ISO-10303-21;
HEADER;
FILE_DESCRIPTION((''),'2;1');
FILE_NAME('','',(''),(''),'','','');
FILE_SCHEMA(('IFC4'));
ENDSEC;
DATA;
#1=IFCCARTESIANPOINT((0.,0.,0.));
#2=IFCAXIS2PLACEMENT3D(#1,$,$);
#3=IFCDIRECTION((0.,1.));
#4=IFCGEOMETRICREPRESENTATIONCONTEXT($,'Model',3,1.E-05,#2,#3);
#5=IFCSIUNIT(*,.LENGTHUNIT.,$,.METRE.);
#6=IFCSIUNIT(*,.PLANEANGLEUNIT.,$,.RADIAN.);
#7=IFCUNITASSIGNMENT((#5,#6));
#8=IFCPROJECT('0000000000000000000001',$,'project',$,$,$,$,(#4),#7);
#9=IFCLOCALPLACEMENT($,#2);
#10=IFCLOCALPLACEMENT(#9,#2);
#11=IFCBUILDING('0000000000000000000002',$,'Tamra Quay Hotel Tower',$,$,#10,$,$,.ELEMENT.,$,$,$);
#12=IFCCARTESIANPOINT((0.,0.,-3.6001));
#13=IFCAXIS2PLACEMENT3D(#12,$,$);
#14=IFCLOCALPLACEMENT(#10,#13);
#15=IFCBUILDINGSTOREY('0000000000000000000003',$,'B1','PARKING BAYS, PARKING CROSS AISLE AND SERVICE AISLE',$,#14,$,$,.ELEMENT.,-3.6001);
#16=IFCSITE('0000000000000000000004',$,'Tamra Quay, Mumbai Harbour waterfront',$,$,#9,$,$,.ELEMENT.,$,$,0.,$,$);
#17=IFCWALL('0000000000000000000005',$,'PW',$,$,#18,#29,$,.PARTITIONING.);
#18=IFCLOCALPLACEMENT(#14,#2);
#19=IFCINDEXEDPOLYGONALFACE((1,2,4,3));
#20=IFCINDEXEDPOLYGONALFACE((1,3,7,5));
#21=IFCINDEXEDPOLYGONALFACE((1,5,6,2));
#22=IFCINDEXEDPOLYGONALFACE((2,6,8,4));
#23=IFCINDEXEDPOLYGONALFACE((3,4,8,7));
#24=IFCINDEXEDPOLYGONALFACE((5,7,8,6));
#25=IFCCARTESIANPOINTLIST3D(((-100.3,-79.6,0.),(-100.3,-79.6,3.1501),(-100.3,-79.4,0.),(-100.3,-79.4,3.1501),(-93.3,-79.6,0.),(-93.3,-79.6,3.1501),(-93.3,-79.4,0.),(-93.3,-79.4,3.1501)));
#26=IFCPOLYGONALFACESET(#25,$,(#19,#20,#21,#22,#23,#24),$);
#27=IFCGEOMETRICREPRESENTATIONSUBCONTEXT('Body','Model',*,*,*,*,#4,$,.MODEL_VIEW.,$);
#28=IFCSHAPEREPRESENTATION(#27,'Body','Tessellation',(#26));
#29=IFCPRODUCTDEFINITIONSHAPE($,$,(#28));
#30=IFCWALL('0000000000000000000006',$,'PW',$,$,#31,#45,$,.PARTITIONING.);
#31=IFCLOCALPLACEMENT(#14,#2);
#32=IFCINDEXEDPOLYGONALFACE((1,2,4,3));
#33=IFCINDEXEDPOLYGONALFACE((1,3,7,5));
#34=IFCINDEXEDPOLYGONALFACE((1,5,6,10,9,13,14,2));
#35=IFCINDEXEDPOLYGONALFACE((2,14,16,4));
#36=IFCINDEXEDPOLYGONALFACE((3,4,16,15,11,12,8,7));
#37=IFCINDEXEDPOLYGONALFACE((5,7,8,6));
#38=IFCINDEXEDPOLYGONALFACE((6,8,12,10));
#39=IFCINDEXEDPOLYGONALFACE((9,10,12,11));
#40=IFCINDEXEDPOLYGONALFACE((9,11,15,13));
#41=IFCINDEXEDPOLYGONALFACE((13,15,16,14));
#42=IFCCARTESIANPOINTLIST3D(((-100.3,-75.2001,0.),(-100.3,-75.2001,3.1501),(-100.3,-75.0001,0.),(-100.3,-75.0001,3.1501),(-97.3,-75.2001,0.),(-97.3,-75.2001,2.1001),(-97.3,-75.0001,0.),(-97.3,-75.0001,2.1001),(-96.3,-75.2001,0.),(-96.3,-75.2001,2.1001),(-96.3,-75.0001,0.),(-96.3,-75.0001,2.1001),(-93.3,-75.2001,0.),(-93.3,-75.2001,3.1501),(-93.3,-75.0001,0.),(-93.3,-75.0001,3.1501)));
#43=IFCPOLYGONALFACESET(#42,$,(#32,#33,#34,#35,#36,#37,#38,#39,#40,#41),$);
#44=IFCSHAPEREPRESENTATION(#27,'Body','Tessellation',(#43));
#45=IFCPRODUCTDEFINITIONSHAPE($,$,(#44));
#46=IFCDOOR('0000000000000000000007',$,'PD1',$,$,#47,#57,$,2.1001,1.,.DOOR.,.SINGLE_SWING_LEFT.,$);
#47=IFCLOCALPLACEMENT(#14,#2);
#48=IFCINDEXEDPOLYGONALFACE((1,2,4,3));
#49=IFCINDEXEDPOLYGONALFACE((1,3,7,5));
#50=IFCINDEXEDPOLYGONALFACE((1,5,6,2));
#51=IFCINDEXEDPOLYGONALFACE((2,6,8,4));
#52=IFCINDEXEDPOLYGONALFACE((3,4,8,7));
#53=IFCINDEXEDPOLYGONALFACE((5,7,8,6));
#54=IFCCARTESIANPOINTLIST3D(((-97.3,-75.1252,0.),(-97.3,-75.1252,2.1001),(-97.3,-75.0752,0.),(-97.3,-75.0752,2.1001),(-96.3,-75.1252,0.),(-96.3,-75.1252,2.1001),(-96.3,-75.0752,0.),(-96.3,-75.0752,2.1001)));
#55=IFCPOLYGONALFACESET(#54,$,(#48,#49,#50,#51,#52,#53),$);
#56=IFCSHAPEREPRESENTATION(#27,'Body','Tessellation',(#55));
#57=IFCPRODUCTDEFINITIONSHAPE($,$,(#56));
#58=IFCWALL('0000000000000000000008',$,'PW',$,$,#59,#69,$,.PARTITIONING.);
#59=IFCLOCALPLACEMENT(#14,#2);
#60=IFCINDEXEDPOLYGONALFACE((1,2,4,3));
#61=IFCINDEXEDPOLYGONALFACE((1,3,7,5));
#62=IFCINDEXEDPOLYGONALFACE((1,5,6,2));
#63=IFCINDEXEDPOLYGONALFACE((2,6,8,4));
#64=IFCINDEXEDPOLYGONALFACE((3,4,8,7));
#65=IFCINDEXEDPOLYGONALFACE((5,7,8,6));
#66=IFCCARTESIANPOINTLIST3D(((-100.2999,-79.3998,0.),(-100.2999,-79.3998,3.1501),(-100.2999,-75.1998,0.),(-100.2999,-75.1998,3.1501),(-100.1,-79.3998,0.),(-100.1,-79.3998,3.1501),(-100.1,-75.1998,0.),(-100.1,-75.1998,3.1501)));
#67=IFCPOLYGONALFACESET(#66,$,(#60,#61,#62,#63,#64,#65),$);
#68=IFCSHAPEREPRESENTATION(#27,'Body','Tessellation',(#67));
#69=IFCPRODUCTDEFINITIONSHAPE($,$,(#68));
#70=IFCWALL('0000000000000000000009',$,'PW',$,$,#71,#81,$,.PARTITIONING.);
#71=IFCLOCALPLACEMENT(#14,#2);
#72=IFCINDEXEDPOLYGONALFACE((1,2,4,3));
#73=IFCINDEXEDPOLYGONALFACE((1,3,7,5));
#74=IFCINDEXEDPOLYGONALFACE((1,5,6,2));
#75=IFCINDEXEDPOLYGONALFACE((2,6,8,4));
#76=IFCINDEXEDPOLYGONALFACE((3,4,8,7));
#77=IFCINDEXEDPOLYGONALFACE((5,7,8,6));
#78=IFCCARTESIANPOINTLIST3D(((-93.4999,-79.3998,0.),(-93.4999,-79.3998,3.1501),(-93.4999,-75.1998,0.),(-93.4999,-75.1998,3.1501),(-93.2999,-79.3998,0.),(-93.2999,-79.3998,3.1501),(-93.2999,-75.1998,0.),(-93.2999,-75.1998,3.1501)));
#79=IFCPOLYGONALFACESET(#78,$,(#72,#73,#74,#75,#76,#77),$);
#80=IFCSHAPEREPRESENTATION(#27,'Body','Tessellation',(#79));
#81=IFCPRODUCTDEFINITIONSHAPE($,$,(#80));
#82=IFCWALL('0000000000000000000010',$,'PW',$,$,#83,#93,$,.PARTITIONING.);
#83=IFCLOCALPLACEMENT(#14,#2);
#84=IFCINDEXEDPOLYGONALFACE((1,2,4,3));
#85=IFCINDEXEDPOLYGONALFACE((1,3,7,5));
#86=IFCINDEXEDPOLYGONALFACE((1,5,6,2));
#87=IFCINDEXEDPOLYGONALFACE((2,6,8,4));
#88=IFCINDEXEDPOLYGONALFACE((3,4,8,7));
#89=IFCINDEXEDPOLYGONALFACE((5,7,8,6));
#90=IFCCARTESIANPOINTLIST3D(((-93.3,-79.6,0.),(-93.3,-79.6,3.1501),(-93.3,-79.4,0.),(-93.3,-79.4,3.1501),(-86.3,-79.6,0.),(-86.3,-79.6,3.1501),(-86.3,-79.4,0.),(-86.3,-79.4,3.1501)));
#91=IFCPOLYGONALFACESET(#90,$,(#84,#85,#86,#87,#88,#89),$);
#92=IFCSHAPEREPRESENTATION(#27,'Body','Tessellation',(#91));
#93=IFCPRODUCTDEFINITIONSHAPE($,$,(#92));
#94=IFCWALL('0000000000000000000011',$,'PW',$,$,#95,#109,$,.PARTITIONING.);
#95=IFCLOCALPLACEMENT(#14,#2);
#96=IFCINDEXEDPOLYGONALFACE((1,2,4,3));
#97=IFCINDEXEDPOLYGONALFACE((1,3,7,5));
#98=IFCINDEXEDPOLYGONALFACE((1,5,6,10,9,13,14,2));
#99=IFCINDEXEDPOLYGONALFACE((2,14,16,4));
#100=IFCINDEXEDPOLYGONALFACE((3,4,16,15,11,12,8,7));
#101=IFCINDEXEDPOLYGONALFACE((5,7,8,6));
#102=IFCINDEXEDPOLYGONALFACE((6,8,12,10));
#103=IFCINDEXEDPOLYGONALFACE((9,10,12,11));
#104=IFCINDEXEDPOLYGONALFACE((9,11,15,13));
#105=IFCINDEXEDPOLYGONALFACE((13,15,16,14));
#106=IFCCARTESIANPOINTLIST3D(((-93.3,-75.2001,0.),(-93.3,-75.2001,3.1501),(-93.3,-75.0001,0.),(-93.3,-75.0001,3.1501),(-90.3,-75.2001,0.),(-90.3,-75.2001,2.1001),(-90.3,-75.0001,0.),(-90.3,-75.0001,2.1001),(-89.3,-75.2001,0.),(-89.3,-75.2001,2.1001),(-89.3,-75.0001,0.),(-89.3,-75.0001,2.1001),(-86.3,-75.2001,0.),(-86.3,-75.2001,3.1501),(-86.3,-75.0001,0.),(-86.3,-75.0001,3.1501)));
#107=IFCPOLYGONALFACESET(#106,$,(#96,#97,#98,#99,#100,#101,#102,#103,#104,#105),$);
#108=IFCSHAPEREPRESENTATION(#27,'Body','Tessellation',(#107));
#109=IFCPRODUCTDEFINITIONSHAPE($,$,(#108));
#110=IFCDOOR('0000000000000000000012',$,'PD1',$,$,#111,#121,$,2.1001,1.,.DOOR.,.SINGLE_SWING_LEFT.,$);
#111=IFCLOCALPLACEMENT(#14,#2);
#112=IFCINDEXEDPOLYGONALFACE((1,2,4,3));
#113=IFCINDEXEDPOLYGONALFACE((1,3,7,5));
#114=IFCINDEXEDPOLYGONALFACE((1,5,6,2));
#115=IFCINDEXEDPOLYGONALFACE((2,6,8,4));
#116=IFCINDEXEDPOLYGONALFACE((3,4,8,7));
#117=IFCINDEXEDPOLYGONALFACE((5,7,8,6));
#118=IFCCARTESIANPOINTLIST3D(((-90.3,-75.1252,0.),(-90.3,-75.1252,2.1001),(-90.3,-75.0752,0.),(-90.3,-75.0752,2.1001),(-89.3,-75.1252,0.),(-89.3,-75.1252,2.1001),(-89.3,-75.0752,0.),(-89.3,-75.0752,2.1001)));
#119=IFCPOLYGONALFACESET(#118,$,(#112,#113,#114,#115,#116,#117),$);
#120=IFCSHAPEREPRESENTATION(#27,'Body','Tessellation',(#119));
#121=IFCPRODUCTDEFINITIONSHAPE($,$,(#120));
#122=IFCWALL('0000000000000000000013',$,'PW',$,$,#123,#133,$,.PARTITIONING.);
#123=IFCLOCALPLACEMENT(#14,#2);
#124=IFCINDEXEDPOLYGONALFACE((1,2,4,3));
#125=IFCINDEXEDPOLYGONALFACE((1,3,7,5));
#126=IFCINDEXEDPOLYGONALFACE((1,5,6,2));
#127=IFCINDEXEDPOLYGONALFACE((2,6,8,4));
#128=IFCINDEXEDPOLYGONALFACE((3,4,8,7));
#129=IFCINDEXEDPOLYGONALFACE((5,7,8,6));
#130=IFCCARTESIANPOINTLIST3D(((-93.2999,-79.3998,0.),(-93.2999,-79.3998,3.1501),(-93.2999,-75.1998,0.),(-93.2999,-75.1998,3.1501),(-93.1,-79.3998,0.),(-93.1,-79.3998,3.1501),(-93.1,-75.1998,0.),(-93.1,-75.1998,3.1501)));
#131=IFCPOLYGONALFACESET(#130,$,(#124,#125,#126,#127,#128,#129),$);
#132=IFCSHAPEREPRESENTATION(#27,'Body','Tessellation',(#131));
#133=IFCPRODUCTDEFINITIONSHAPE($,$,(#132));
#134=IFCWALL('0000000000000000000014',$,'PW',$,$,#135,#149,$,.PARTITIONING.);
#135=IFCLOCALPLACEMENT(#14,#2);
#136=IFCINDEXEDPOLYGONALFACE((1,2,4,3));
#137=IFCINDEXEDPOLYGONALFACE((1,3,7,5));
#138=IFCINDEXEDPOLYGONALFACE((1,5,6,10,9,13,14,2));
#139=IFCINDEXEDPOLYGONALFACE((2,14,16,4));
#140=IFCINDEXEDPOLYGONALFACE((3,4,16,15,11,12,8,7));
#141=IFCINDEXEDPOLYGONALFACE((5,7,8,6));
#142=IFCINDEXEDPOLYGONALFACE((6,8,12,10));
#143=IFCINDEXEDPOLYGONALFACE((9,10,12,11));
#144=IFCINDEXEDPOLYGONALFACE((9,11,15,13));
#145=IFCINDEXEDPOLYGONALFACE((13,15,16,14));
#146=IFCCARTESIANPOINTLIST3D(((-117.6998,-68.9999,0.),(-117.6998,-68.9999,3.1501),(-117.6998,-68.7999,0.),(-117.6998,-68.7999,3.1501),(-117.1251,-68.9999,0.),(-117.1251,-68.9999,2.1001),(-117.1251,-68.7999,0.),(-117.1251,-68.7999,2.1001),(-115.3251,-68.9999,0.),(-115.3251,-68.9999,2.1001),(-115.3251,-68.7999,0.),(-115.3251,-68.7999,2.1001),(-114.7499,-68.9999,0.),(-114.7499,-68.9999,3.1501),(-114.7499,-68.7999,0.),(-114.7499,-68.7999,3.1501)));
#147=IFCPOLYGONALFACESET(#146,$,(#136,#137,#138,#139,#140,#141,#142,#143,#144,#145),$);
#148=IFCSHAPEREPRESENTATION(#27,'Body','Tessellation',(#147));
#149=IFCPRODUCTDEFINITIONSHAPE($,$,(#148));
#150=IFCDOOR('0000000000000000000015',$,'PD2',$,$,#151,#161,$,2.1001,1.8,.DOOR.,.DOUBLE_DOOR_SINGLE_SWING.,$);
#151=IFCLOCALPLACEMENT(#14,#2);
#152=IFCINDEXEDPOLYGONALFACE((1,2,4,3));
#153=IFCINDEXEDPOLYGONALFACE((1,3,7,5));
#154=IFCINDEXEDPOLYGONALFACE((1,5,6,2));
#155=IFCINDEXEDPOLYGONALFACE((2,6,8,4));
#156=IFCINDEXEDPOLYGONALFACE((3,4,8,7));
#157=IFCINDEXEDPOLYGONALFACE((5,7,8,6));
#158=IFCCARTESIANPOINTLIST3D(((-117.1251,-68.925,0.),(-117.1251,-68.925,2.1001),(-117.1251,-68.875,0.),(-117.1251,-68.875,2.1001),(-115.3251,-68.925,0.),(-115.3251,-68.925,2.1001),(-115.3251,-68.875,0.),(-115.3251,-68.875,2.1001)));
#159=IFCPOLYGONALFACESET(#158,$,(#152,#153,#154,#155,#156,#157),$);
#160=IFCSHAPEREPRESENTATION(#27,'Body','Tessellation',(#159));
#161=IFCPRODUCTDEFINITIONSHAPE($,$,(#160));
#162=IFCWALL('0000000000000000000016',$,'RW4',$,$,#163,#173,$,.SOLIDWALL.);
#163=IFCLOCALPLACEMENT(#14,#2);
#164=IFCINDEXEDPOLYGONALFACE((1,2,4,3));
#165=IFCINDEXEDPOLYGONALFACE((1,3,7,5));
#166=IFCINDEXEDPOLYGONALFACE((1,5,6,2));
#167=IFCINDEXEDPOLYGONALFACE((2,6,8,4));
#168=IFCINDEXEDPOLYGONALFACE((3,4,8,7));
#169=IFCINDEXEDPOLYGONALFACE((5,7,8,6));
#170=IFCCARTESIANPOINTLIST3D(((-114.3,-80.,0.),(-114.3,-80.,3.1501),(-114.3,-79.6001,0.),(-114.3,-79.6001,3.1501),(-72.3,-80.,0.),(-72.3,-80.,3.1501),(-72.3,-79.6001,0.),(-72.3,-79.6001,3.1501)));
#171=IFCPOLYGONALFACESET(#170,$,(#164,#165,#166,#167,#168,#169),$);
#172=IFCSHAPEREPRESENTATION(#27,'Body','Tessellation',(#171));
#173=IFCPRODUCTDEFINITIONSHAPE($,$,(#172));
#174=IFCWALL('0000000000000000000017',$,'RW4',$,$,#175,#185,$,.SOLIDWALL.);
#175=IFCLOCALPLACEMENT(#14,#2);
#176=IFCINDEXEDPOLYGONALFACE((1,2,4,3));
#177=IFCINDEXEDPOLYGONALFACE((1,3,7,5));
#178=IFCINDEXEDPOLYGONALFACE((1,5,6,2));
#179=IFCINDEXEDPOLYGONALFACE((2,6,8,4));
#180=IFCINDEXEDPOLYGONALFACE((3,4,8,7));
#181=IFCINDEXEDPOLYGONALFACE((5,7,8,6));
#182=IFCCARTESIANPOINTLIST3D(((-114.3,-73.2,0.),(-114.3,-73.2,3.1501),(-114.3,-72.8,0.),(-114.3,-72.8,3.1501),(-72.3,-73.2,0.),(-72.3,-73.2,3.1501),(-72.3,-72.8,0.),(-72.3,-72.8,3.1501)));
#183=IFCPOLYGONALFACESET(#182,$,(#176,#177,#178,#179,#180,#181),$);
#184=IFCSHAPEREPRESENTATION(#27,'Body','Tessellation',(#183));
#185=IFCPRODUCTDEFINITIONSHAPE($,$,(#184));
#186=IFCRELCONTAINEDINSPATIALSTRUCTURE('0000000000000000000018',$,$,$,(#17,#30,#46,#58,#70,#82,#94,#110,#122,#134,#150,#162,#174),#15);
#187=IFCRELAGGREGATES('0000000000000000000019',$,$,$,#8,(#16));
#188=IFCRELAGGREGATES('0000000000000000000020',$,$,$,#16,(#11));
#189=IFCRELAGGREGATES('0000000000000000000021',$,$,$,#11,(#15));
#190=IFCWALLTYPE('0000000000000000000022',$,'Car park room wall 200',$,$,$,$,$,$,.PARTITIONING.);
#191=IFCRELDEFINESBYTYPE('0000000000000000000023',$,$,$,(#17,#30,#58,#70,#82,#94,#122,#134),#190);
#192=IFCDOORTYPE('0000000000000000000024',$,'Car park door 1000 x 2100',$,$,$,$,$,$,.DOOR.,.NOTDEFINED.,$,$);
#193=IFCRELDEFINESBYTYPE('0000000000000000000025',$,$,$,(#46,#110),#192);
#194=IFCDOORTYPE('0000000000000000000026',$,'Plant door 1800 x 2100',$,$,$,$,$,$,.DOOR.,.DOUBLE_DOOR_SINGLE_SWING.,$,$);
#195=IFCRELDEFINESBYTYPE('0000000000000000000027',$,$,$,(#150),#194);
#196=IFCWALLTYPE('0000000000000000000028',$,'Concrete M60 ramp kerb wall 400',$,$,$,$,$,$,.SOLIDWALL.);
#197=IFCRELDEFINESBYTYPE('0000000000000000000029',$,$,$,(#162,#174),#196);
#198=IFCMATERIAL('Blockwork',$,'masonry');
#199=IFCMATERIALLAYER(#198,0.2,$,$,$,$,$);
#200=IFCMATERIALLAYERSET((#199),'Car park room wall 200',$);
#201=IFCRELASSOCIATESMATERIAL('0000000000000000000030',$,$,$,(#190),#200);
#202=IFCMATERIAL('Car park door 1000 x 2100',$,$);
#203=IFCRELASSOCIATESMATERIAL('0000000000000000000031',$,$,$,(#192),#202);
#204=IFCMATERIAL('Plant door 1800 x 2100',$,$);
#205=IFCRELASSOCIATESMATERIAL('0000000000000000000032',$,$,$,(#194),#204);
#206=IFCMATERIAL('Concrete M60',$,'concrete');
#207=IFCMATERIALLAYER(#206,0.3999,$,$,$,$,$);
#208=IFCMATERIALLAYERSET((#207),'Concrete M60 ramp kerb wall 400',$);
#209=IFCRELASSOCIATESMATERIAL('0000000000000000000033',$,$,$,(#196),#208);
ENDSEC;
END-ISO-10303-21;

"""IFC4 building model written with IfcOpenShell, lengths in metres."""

from ifc_helpers import new_model, si_unit, direction, frame, frame_2d, origin, place, context, subcontext, project, spatial, rectangle, extrude, material, layer, layer_set, type_object, element, fill, save


model = new_model("IFC4")

# Units and contexts
model_context = context("Model", 3, precision=1e-05, world=origin(), true_north=direction((0.0, 1.0)))
body_context = subcontext(model_context, "Body", "Model", "MODEL_VIEW")
ifc_project = project(units=[si_unit("LENGTHUNIT", "METRE"), si_unit("PLANEANGLEUNIT", "RADIAN")], contexts=[model_context])

# Site, building, storey
site_placement = place(None, origin())
site = spatial("IfcSite", under=ifc_project, at=site_placement, Name="Tamra Quay, Mumbai Harbour waterfront", CompositionType="ELEMENT", RefElevation=0.0)
building_placement = place(site_placement, origin())
building = spatial("IfcBuilding", under=site, at=building_placement, Name="Tamra Quay Hotel Tower", CompositionType="ELEMENT")
storey_placement = place(building_placement, frame((0.0, 0.0, -3.6001)))
storey = spatial("IfcBuildingStorey", under=building, at=storey_placement, Name="B1", Description="PARKING BAYS, PARKING CROSS AISLE AND SERVICE AISLE", CompositionType="ELEMENT", Elevation=-3.6001)

# Shared definitions
ifc_material_1 = material(Name="Blockwork", Category="masonry")
ifc_layer_1 = layer(ifc_material_1, 0.2)
ifc_layer_set_1 = layer_set([ifc_layer_1], Name="Car park room wall 200")
wall_type_1 = type_object("IfcWallType", Name="Car park room wall 200", PredefinedType="PARTITIONING", material=ifc_layer_set_1)

# Shared definitions
ifc_material_2 = material(Name="Car park door 1000 x 2100")
door_type_1 = type_object("IfcDoorType", Name="Car park door 1000 x 2100", OperationType="NOTDEFINED", PredefinedType="DOOR", material=ifc_material_2)

# Wall
wall_1_placement = place(storey_placement, frame((-100.3, -79.5, 0.0), z_axis=(0.0, 0.0, 1.0), x_axis=(1.0, 0.0, 0.0)))
element("IfcWall", 1, at=wall_1_placement, inside=storey, type_object=wall_type_1, Name="PW", PredefinedType="PARTITIONING", context=body_context, shape_type="SweptSolid", body=[
    extrude(rectangle(XDim=7.0, YDim=0.2, at=frame_2d((3.5, 0.0))), origin(), (0.0, 0.0, 1.0), 3.1501),
])

# Wall, opening, door
wall_2_placement = place(storey_placement, frame((-100.3, -75.1001, 0.0), z_axis=(0.0, 0.0, 1.0), x_axis=(1.0, 0.0, 0.0)))
wall_2 = element("IfcWall", 2, at=wall_2_placement, inside=storey, type_object=wall_type_1, Name="PW", PredefinedType="PARTITIONING", context=body_context, shape_type="SweptSolid", body=[
    extrude(rectangle(XDim=7.0, YDim=0.2, at=frame_2d((3.5, 0.0))), origin(), (0.0, 0.0, 1.0), 3.1501),
])
opening_1_placement = place(wall_2_placement, frame((3.0, 0.0, 0.0)))
opening_1 = element("IfcOpeningElement", 3, at=opening_1_placement, cuts=wall_2, PredefinedType="OPENING", context=body_context, shape_type="SweptSolid", body=[
    extrude(rectangle(XDim=1.0, YDim=2.1001, at=frame_2d((0.5, 1.05))), frame((0.0, 0.1099, 0.0), z_axis=(0.0, -1.0, 0.0), x_axis=(1.0, 0.0, 0.0)), (0.0, 0.0, 1.0), 0.22),
])
door_1_placement = place(opening_1_placement, origin())
door_1 = element("IfcDoor", 4, at=door_1_placement, inside=storey, type_object=door_type_1, Name="PD1", OperationType="SINGLE_SWING_LEFT", OverallHeight=2.1001, OverallWidth=1.0, PredefinedType="DOOR", context=body_context, shape_type="SweptSolid", body=[
    extrude(rectangle(XDim=1.0, YDim=2.1001, at=frame_2d((0.5, 1.05))), frame((0.0, 0.0249, 0.0), z_axis=(0.0, -1.0, 0.0), x_axis=(1.0, 0.0, 0.0)), (0.0, 0.0, 1.0), 0.05),
])
fill(opening_1, door_1)

# Walls
for number, where, z_axis, x_axis, name in (
    (5, (-100.2, -79.3999, 0.0), (0.0, 0.0, 1.0), (0.0, 1.0, 0.0), "PW"),
    (6, (-93.3999, -79.3999, 0.0), (0.0, 0.0, 1.0), (0.0, 1.0, 0.0), "PW"),
):
    element("IfcWall", number, at=place(storey_placement, frame(where, z_axis=z_axis, x_axis=x_axis)), inside=storey, type_object=wall_type_1, Name=name, PredefinedType="PARTITIONING", context=body_context, shape_type="SweptSolid", body=[
        extrude(rectangle(XDim=4.2, YDim=0.2, at=frame_2d((2.1001, 0.0))), origin(), (0.0, 0.0, 1.0), 3.1501),
    ])
wall_3_placement = place(storey_placement, frame((-93.3, -79.5, 0.0), z_axis=(0.0, 0.0, 1.0), x_axis=(1.0, 0.0, 0.0)))
element("IfcWall", 7, at=wall_3_placement, inside=storey, type_object=wall_type_1, Name="PW", PredefinedType="PARTITIONING", context=body_context, shape_type="SweptSolid", body=[
    extrude(rectangle(XDim=7.0, YDim=0.2, at=frame_2d((3.5, 0.0))), origin(), (0.0, 0.0, 1.0), 3.1501),
])

# Wall, opening, door
wall_4_placement = place(storey_placement, frame((-93.3, -75.1001, 0.0), z_axis=(0.0, 0.0, 1.0), x_axis=(1.0, 0.0, 0.0)))
wall_4 = element("IfcWall", 8, at=wall_4_placement, inside=storey, type_object=wall_type_1, Name="PW", PredefinedType="PARTITIONING", context=body_context, shape_type="SweptSolid", body=[
    extrude(rectangle(XDim=7.0, YDim=0.2, at=frame_2d((3.5, 0.0))), origin(), (0.0, 0.0, 1.0), 3.1501),
])
opening_2_placement = place(wall_4_placement, frame((3.0, 0.0, 0.0)))
opening_2 = element("IfcOpeningElement", 9, at=opening_2_placement, cuts=wall_4, PredefinedType="OPENING", context=body_context, shape_type="SweptSolid", body=[
    extrude(rectangle(XDim=1.0, YDim=2.1001, at=frame_2d((0.5, 1.05))), frame((0.0, 0.1099, 0.0), z_axis=(0.0, -1.0, 0.0), x_axis=(1.0, 0.0, 0.0)), (0.0, 0.0, 1.0), 0.22),
])
door_2_placement = place(opening_2_placement, origin())
door_2 = element("IfcDoor", 10, at=door_2_placement, inside=storey, type_object=door_type_1, Name="PD1", OperationType="SINGLE_SWING_LEFT", OverallHeight=2.1001, OverallWidth=1.0, PredefinedType="DOOR", context=body_context, shape_type="SweptSolid", body=[
    extrude(rectangle(XDim=1.0, YDim=2.1001, at=frame_2d((0.5, 1.05))), frame((0.0, 0.0249, 0.0), z_axis=(0.0, -1.0, 0.0), x_axis=(1.0, 0.0, 0.0)), (0.0, 0.0, 1.0), 0.05),
])
fill(opening_2, door_2)

# Wall
wall_5_placement = place(storey_placement, frame((-93.2, -79.3999, 0.0), z_axis=(0.0, 0.0, 1.0), x_axis=(0.0, 1.0, 0.0)))
element("IfcWall", 11, at=wall_5_placement, inside=storey, type_object=wall_type_1, Name="PW", PredefinedType="PARTITIONING", context=body_context, shape_type="SweptSolid", body=[
    extrude(rectangle(XDim=4.2, YDim=0.2, at=frame_2d((2.1001, 0.0))), origin(), (0.0, 0.0, 1.0), 3.1501),
])

# Wall, opening, door
wall_6_placement = place(storey_placement, frame((-117.7, -68.8999, 0.0), z_axis=(0.0, 0.0, 1.0), x_axis=(1.0, 0.0, 0.0)))
wall_6 = element("IfcWall", 12, at=wall_6_placement, inside=storey, type_object=wall_type_1, Name="PW", PredefinedType="PARTITIONING", context=body_context, shape_type="SweptSolid", body=[
    extrude(rectangle(XDim=2.95, YDim=0.2, at=frame_2d((1.4751, 0.0))), origin(), (0.0, 0.0, 1.0), 3.1501),
])
opening_3_placement = place(wall_6_placement, frame((0.575, 0.0, 0.0)))
opening_3 = element("IfcOpeningElement", 13, at=opening_3_placement, cuts=wall_6, PredefinedType="OPENING", context=body_context, shape_type="SweptSolid", body=[
    extrude(rectangle(XDim=1.8, YDim=2.1001, at=frame_2d((0.8999, 1.05))), frame((0.0, 0.1099, 0.0), z_axis=(0.0, -1.0, 0.0), x_axis=(1.0, 0.0, 0.0)), (0.0, 0.0, 1.0), 0.22),
])
ifc_material_3 = material(Name="Plant door 1800 x 2100")
door_type_2 = type_object("IfcDoorType", Name="Plant door 1800 x 2100", OperationType="DOUBLE_DOOR_SINGLE_SWING", PredefinedType="DOOR", material=ifc_material_3)
door_3_placement = place(opening_3_placement, origin())
door_3 = element("IfcDoor", 14, at=door_3_placement, inside=storey, type_object=door_type_2, Name="PD2", OperationType="DOUBLE_DOOR_SINGLE_SWING", OverallHeight=2.1001, OverallWidth=1.8, PredefinedType="DOOR", context=body_context, shape_type="SweptSolid", body=[
    extrude(rectangle(XDim=1.8, YDim=2.1001, at=frame_2d((0.8999, 1.05))), frame((0.0, 0.0249, 0.0), z_axis=(0.0, -1.0, 0.0), x_axis=(1.0, 0.0, 0.0)), (0.0, 0.0, 1.0), 0.05),
])
fill(opening_3, door_3)

# Walls
ifc_material_4 = material(Name="Concrete M60", Category="concrete")
ifc_layer_2 = layer(ifc_material_4, 0.3999)
ifc_layer_set_2 = layer_set([ifc_layer_2], Name="Concrete M60 ramp kerb wall 400")
wall_type_2 = type_object("IfcWallType", Name="Concrete M60 ramp kerb wall 400", PredefinedType="SOLIDWALL", material=ifc_layer_set_2)
for number, where, z_axis, x_axis, name in (
    (15, (-114.3, -79.8, 0.0), (0.0, 0.0, 1.0), (1.0, 0.0, 0.0), "RW4"),
    (16, (-114.3, -73.0, 0.0), (0.0, 0.0, 1.0), (1.0, 0.0, 0.0), "RW4"),
):
    element("IfcWall", number, at=place(storey_placement, frame(where, z_axis=z_axis, x_axis=x_axis)), inside=storey, type_object=wall_type_2, Name=name, PredefinedType="SOLIDWALL", context=body_context, shape_type="SweptSolid", body=[
        extrude(rectangle(XDim=42.0, YDim=0.3999, at=frame_2d((21.0, 0.0))), origin(), (0.0, 0.0, 1.0), 3.1501),
    ])

save(model, "model.ifc")
